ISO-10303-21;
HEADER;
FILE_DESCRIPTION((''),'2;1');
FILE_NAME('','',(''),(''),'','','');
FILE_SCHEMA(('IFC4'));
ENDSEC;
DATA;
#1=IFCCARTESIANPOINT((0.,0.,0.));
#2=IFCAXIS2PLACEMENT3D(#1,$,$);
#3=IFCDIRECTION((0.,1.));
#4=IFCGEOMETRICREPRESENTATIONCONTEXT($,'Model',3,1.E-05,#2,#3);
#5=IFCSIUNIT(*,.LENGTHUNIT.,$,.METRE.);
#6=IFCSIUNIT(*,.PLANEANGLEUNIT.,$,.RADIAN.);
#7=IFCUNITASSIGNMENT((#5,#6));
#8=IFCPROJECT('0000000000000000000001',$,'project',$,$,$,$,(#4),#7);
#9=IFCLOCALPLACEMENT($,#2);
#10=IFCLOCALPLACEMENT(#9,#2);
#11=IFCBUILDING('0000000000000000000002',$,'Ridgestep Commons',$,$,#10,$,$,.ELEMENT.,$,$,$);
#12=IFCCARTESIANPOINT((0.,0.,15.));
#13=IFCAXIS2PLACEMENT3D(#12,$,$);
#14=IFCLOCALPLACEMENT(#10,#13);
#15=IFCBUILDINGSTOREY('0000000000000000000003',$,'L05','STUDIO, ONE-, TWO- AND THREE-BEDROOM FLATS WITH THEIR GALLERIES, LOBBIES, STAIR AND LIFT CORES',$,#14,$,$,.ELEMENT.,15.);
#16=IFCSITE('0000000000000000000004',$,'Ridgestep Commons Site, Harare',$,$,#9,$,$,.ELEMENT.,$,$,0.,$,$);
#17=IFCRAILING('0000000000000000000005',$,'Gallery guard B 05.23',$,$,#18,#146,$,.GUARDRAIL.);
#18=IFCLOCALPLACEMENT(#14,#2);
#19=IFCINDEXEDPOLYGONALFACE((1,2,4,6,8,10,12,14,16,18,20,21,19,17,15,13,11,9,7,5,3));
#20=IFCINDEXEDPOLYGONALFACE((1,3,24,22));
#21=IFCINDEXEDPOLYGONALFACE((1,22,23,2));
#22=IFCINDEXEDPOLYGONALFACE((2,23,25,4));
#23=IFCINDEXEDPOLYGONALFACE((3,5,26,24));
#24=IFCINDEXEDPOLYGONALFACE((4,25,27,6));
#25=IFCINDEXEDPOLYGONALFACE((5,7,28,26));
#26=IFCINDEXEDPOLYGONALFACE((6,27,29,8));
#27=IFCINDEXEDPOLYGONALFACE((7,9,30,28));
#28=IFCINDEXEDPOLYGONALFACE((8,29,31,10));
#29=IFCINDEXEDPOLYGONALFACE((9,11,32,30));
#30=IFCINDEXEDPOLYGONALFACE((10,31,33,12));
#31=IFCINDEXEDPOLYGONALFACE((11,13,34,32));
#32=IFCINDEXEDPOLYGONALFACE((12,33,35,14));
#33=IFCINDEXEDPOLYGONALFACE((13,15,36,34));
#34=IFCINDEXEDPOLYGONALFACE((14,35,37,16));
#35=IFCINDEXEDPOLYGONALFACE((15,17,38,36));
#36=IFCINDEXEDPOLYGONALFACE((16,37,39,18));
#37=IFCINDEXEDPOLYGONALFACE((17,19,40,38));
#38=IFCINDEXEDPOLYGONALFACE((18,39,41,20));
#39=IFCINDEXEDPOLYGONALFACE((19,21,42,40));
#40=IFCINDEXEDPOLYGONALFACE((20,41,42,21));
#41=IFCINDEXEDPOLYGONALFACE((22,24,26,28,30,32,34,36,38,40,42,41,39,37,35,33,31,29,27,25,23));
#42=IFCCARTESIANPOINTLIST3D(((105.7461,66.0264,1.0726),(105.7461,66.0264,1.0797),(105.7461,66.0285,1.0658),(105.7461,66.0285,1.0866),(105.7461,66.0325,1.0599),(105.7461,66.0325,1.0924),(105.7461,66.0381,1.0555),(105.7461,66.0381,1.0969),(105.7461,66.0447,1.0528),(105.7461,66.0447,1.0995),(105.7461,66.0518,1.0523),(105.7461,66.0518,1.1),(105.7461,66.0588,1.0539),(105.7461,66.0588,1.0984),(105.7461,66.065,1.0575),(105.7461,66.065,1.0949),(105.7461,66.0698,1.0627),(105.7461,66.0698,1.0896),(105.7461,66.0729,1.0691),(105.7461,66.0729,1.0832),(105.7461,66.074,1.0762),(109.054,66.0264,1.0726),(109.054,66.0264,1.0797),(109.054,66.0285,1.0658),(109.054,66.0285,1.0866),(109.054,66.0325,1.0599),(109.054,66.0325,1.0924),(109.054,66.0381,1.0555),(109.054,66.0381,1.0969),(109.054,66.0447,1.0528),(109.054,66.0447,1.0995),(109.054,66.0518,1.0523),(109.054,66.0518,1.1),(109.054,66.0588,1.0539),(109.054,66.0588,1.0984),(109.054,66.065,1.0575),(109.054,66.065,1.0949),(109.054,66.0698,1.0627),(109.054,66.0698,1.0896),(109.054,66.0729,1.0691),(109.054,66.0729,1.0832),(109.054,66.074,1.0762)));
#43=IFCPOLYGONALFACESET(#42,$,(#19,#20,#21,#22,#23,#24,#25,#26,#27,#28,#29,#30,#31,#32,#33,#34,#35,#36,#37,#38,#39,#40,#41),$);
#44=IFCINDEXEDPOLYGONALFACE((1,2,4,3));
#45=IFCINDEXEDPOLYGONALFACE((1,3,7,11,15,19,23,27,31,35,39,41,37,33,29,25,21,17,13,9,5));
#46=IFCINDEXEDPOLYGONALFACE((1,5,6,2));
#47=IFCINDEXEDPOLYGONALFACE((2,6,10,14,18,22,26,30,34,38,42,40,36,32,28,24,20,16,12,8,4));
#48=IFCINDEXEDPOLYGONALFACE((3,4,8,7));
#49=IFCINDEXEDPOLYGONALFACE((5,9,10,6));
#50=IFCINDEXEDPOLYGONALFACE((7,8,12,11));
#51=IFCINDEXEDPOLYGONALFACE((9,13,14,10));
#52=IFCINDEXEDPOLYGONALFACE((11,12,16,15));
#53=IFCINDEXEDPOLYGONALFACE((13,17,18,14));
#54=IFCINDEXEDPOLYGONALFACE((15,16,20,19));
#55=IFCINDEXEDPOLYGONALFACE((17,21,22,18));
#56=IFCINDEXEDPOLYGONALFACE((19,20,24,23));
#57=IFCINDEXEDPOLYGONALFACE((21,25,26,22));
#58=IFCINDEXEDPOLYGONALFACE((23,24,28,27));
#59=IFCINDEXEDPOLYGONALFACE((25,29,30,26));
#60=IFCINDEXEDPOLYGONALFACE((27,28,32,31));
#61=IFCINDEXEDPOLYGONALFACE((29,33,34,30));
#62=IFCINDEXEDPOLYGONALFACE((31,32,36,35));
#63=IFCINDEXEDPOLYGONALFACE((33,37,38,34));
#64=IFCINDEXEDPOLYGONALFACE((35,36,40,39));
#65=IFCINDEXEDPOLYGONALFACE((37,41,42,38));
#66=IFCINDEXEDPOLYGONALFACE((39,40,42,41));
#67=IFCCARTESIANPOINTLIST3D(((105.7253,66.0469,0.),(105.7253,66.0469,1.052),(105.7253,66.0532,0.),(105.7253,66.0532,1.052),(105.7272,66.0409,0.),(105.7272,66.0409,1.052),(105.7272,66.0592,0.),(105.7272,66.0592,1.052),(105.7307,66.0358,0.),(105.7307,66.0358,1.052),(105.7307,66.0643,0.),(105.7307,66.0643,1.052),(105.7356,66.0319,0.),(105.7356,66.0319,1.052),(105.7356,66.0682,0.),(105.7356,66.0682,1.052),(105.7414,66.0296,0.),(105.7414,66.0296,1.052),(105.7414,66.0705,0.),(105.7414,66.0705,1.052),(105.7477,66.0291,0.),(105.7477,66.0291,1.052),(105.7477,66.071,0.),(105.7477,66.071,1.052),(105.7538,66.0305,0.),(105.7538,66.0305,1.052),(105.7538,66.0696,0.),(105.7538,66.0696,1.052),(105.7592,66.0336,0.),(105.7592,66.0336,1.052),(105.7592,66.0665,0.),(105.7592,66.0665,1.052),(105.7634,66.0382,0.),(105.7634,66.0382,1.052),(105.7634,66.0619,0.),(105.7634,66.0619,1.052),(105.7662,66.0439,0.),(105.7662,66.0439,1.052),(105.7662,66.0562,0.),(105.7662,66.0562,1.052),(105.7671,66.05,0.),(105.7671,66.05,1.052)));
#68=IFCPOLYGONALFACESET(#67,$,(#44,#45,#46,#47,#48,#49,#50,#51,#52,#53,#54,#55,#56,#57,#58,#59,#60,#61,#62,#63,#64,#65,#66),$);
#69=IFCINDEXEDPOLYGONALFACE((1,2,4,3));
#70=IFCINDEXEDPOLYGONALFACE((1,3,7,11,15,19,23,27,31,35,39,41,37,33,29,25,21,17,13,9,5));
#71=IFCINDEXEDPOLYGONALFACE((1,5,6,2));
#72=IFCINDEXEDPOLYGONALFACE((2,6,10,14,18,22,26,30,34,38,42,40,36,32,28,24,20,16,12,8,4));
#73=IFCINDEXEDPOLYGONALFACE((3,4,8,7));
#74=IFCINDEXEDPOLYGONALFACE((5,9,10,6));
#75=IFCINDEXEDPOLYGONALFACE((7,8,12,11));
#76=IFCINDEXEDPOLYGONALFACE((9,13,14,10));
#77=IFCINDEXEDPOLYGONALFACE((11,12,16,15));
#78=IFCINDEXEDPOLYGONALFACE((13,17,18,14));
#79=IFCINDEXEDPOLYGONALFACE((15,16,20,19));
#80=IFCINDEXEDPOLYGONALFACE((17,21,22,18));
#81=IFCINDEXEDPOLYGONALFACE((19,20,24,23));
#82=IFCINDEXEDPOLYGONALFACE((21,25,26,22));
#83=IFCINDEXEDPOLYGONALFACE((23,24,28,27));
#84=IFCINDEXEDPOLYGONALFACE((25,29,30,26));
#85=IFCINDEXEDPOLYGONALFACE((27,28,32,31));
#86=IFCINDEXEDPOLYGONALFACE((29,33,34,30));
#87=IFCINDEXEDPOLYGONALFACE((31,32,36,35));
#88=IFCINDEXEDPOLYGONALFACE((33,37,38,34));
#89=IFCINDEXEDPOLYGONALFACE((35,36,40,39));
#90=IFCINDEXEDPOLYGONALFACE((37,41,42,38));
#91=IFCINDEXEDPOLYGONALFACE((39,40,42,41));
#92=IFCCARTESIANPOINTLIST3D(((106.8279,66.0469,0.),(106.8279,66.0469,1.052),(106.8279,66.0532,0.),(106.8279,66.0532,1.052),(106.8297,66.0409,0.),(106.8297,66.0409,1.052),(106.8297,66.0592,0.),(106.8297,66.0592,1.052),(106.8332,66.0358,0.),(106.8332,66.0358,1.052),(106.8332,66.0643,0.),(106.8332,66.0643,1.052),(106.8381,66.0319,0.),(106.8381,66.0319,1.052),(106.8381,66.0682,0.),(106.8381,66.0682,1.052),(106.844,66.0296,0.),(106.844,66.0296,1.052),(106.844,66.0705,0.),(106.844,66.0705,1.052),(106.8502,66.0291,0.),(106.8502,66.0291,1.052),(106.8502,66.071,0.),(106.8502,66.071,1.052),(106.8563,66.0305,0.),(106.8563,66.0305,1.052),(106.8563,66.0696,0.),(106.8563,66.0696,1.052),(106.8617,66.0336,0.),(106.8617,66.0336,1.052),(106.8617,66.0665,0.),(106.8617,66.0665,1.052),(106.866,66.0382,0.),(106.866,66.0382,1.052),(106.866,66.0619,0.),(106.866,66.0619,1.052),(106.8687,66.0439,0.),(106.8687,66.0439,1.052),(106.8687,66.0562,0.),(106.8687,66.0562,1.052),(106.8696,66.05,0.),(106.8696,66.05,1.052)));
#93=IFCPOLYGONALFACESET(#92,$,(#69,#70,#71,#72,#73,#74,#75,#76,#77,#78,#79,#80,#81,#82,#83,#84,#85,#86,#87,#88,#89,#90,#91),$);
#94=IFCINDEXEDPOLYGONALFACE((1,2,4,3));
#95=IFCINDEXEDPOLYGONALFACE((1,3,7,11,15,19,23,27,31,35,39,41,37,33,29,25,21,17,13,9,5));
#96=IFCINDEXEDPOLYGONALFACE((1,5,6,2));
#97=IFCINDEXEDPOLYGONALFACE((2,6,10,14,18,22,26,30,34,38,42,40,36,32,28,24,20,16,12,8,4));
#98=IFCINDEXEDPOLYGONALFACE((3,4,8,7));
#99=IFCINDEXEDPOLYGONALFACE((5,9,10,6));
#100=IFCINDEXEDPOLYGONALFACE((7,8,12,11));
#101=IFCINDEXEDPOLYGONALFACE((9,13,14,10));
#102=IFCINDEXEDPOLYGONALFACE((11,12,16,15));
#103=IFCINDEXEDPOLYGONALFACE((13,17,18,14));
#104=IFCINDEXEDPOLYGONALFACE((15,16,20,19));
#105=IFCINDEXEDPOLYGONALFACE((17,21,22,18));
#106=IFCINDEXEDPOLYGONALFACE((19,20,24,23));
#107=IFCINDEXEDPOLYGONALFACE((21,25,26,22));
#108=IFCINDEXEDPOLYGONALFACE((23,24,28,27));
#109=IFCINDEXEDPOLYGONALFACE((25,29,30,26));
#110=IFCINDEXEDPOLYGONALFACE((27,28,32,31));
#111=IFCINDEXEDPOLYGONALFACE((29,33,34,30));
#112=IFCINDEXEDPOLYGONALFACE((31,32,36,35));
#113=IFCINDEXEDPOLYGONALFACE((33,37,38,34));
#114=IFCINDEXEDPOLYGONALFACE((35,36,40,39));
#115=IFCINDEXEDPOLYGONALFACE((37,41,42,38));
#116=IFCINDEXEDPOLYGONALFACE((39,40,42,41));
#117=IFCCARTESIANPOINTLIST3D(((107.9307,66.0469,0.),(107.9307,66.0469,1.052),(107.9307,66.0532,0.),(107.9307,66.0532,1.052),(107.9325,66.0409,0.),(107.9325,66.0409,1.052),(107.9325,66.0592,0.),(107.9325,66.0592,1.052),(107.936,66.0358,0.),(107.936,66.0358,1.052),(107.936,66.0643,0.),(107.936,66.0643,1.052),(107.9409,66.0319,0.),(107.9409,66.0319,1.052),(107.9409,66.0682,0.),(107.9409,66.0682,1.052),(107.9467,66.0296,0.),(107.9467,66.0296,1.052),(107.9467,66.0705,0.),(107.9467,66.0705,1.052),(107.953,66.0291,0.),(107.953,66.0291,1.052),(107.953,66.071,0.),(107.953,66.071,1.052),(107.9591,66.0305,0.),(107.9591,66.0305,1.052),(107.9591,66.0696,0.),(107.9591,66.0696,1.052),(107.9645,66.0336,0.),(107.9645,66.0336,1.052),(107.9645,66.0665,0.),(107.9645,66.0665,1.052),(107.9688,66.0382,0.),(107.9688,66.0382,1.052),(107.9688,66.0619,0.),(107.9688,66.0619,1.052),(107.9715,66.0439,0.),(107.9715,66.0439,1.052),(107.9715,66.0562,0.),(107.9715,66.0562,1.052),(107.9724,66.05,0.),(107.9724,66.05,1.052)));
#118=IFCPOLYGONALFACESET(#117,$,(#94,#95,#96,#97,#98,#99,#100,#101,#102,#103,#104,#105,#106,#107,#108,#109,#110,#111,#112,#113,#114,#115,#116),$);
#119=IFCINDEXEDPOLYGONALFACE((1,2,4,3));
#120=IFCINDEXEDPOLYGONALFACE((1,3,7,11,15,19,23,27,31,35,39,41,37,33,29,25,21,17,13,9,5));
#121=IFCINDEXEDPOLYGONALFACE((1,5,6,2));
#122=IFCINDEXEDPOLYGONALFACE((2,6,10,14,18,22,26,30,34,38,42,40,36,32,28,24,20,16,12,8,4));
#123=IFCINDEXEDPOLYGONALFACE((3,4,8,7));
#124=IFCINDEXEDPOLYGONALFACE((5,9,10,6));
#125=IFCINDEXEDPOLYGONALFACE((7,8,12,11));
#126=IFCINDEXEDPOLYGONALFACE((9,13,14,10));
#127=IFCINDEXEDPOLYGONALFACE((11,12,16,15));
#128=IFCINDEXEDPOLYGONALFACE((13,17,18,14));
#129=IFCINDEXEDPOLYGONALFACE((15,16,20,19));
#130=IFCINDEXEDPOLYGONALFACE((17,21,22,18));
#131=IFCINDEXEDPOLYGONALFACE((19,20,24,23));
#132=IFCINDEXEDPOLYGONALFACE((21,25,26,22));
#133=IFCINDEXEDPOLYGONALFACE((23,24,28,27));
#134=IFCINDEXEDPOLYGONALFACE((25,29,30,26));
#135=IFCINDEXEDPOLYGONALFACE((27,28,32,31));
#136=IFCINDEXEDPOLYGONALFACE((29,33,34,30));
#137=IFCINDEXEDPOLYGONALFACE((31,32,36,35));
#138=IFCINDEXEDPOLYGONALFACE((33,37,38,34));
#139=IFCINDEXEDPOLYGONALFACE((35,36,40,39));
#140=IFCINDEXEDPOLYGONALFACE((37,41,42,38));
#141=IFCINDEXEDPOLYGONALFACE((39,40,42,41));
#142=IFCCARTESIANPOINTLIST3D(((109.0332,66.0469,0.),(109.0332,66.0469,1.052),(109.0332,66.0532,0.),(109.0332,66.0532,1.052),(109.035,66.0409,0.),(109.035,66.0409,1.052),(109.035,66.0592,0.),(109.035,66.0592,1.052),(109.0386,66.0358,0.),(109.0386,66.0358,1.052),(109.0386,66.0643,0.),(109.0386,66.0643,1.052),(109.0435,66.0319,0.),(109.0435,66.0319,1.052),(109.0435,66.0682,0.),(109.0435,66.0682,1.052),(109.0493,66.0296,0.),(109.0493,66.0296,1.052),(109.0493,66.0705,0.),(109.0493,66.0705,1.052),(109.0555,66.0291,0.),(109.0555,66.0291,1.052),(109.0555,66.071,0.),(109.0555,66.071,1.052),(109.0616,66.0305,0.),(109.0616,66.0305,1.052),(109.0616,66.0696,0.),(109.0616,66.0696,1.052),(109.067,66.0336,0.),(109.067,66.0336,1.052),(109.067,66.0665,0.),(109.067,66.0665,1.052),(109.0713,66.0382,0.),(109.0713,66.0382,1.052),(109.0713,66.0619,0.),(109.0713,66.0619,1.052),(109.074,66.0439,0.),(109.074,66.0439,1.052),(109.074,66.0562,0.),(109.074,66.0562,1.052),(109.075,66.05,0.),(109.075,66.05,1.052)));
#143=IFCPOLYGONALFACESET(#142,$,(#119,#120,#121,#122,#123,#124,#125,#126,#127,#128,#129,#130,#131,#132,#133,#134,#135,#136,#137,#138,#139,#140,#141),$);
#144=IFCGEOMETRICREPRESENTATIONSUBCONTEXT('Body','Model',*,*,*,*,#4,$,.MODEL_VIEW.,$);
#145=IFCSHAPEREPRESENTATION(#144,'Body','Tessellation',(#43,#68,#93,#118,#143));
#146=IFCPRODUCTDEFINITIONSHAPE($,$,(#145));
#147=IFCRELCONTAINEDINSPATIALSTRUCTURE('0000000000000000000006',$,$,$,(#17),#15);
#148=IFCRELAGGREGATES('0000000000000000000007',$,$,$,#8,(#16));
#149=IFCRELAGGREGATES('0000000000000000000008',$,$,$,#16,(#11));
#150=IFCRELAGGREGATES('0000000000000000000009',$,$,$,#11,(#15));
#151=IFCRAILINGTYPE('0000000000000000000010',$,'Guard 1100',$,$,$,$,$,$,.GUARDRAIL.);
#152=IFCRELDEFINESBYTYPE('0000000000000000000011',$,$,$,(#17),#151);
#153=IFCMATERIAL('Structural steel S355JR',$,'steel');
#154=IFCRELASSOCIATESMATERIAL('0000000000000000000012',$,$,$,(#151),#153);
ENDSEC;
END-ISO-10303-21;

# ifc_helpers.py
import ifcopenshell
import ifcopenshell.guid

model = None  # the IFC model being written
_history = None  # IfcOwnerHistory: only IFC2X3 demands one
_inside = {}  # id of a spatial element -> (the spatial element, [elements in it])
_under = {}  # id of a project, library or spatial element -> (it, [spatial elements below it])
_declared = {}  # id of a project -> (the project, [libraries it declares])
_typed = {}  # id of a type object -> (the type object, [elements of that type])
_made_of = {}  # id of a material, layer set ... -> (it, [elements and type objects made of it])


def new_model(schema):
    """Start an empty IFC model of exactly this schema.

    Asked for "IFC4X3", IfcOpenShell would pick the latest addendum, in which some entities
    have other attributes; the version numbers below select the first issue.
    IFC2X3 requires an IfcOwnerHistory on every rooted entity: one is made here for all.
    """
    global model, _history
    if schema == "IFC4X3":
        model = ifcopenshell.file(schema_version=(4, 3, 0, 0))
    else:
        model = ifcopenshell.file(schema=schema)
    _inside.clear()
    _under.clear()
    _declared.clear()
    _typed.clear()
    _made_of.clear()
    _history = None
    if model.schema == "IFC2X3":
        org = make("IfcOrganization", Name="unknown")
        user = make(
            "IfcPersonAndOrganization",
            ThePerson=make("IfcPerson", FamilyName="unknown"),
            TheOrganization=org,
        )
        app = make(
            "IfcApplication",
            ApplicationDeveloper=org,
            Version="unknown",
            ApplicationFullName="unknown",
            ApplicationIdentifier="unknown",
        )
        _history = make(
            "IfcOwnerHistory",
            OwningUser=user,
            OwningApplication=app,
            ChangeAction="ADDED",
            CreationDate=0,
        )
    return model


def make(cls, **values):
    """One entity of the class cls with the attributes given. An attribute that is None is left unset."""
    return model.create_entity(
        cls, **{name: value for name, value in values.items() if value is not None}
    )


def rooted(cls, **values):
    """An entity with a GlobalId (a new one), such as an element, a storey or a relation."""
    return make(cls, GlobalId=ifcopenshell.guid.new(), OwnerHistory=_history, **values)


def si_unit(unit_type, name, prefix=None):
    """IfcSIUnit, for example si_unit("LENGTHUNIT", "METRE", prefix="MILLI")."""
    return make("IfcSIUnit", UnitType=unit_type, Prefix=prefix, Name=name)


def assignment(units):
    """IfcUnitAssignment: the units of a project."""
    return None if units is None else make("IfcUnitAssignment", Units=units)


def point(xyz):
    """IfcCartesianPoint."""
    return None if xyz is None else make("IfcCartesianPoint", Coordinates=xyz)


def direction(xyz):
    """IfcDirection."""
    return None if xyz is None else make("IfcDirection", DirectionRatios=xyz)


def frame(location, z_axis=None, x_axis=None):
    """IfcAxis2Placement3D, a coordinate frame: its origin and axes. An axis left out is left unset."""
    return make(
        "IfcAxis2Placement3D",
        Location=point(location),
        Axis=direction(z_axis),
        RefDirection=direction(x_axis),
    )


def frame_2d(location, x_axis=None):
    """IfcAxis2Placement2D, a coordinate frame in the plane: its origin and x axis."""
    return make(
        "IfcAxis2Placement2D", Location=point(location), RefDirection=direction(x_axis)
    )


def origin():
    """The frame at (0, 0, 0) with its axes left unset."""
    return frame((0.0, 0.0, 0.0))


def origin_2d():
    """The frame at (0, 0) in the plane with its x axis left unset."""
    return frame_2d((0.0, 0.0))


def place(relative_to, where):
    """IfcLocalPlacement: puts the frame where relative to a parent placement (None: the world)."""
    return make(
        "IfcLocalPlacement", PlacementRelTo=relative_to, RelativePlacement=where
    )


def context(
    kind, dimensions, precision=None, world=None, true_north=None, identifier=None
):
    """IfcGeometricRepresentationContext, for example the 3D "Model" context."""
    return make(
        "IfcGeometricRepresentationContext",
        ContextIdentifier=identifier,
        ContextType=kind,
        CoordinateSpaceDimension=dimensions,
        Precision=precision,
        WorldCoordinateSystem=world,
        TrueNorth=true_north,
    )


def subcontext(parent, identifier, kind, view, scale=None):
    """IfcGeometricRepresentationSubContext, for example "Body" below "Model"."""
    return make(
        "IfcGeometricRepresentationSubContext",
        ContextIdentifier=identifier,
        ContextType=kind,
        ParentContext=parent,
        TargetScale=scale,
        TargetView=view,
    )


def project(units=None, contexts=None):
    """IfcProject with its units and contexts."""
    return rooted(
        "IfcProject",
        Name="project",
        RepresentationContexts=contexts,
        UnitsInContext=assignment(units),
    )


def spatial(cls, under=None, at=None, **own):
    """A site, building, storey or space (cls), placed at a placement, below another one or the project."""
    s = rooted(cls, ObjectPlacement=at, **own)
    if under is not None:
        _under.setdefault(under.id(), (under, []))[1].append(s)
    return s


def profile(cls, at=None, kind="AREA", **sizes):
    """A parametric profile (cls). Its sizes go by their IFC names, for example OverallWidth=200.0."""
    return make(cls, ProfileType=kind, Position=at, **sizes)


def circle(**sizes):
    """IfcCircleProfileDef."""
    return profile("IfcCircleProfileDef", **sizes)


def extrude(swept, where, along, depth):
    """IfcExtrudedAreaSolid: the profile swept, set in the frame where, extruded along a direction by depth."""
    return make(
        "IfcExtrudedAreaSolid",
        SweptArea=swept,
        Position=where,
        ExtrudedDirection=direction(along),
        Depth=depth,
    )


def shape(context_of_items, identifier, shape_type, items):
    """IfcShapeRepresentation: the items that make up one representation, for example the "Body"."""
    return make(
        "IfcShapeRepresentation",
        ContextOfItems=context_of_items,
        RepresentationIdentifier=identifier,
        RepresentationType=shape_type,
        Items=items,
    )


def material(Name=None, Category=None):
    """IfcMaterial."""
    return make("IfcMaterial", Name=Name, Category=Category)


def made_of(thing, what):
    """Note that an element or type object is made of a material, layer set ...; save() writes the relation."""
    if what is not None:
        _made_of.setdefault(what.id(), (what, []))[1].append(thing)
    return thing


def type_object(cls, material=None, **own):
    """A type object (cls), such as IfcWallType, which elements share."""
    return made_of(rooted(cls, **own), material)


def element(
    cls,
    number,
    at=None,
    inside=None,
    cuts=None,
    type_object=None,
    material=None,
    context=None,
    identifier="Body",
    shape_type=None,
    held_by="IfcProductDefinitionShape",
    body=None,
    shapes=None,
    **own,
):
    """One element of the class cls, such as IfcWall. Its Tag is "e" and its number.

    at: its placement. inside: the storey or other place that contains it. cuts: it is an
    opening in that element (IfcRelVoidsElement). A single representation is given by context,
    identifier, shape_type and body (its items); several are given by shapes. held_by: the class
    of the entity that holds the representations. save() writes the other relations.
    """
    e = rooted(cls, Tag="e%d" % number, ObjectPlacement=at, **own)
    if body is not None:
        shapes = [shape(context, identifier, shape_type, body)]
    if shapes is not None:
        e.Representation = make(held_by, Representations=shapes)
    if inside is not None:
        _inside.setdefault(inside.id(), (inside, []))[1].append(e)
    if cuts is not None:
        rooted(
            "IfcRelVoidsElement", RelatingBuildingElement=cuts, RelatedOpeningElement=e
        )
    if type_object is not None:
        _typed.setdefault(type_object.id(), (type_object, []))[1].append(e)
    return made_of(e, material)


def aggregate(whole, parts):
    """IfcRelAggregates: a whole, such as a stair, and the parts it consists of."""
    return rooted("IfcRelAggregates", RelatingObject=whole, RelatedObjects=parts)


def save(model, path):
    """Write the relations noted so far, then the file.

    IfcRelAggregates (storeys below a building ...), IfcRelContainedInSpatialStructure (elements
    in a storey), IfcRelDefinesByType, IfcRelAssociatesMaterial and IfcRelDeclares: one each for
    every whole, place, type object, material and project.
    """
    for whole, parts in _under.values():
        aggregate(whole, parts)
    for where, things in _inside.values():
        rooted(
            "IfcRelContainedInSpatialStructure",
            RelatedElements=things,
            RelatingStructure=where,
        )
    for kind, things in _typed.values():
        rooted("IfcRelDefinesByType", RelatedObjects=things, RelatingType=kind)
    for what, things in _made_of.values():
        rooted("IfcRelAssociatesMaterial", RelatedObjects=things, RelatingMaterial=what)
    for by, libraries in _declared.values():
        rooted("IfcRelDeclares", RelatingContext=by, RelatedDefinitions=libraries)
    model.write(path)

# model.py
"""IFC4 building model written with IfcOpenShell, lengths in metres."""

from ifc_helpers import new_model, si_unit, direction, frame, origin, origin_2d, place, context, subcontext, project, spatial, circle, extrude, material, type_object, element, save


model = new_model("IFC4")

# Units and contexts
model_context = context("Model", 3, precision=1e-05, world=origin(), true_north=direction((0.0, 1.0)))
body_context = subcontext(model_context, "Body", "Model", "MODEL_VIEW")
ifc_project = project(units=[si_unit("LENGTHUNIT", "METRE"), si_unit("PLANEANGLEUNIT", "RADIAN")], contexts=[model_context])

# Site, building, storey
site_placement = place(None, origin())
site = spatial("IfcSite", under=ifc_project, at=site_placement, Name="Ridgestep Commons Site, Harare", CompositionType="ELEMENT", RefElevation=0.0)
building_placement = place(site_placement, origin())
building = spatial("IfcBuilding", under=site, at=building_placement, Name="Ridgestep Commons", CompositionType="ELEMENT")
storey_placement = place(building_placement, frame((0.0, 0.0, 15.0)))
storey = spatial("IfcBuildingStorey", under=building, at=storey_placement, Name="L05", Description="STUDIO, ONE-, TWO- AND THREE-BEDROOM FLATS WITH THEIR GALLERIES, LOBBIES, STAIR AND LIFT CORES", CompositionType="ELEMENT", Elevation=15.0)

# Railing
ifc_material_1 = material(Name="Structural steel S355JR", Category="steel")
railing_type = type_object("IfcRailingType", Name="Guard 1100", PredefinedType="GUARDRAIL", material=ifc_material_1)
railing_1_placement = place(storey_placement, frame((105.7461, 66.05, 0.0)))
element("IfcRailing", 1, at=railing_1_placement, inside=storey, type_object=railing_type, Name="Gallery guard B 05.23", PredefinedType="GUARDRAIL", context=body_context, shape_type="SweptSolid", body=[
    extrude(circle(Radius=0.0239, at=origin_2d()), frame((0.0, 0.0, 1.0762), z_axis=(1.0, 0.0, 0.0), x_axis=(0.0, 1.0, 0.0)), (0.0, 0.0, 1.0), 3.3079),
    extrude(circle(Radius=0.021, at=origin_2d()), origin(), (0.0, 0.0, 1.0), 1.052),
    extrude(circle(Radius=0.021, at=origin_2d()), frame((1.1025, 0.0, 0.0)), (0.0, 0.0, 1.0), 1.052),
    extrude(circle(Radius=0.021, at=origin_2d()), frame((2.2053, 0.0, 0.0)), (0.0, 0.0, 1.0), 1.052),
    extrude(circle(Radius=0.021, at=origin_2d()), frame((3.3079, 0.0, 0.0)), (0.0, 0.0, 1.0), 1.052),
])

save(model, "model.ifc")
